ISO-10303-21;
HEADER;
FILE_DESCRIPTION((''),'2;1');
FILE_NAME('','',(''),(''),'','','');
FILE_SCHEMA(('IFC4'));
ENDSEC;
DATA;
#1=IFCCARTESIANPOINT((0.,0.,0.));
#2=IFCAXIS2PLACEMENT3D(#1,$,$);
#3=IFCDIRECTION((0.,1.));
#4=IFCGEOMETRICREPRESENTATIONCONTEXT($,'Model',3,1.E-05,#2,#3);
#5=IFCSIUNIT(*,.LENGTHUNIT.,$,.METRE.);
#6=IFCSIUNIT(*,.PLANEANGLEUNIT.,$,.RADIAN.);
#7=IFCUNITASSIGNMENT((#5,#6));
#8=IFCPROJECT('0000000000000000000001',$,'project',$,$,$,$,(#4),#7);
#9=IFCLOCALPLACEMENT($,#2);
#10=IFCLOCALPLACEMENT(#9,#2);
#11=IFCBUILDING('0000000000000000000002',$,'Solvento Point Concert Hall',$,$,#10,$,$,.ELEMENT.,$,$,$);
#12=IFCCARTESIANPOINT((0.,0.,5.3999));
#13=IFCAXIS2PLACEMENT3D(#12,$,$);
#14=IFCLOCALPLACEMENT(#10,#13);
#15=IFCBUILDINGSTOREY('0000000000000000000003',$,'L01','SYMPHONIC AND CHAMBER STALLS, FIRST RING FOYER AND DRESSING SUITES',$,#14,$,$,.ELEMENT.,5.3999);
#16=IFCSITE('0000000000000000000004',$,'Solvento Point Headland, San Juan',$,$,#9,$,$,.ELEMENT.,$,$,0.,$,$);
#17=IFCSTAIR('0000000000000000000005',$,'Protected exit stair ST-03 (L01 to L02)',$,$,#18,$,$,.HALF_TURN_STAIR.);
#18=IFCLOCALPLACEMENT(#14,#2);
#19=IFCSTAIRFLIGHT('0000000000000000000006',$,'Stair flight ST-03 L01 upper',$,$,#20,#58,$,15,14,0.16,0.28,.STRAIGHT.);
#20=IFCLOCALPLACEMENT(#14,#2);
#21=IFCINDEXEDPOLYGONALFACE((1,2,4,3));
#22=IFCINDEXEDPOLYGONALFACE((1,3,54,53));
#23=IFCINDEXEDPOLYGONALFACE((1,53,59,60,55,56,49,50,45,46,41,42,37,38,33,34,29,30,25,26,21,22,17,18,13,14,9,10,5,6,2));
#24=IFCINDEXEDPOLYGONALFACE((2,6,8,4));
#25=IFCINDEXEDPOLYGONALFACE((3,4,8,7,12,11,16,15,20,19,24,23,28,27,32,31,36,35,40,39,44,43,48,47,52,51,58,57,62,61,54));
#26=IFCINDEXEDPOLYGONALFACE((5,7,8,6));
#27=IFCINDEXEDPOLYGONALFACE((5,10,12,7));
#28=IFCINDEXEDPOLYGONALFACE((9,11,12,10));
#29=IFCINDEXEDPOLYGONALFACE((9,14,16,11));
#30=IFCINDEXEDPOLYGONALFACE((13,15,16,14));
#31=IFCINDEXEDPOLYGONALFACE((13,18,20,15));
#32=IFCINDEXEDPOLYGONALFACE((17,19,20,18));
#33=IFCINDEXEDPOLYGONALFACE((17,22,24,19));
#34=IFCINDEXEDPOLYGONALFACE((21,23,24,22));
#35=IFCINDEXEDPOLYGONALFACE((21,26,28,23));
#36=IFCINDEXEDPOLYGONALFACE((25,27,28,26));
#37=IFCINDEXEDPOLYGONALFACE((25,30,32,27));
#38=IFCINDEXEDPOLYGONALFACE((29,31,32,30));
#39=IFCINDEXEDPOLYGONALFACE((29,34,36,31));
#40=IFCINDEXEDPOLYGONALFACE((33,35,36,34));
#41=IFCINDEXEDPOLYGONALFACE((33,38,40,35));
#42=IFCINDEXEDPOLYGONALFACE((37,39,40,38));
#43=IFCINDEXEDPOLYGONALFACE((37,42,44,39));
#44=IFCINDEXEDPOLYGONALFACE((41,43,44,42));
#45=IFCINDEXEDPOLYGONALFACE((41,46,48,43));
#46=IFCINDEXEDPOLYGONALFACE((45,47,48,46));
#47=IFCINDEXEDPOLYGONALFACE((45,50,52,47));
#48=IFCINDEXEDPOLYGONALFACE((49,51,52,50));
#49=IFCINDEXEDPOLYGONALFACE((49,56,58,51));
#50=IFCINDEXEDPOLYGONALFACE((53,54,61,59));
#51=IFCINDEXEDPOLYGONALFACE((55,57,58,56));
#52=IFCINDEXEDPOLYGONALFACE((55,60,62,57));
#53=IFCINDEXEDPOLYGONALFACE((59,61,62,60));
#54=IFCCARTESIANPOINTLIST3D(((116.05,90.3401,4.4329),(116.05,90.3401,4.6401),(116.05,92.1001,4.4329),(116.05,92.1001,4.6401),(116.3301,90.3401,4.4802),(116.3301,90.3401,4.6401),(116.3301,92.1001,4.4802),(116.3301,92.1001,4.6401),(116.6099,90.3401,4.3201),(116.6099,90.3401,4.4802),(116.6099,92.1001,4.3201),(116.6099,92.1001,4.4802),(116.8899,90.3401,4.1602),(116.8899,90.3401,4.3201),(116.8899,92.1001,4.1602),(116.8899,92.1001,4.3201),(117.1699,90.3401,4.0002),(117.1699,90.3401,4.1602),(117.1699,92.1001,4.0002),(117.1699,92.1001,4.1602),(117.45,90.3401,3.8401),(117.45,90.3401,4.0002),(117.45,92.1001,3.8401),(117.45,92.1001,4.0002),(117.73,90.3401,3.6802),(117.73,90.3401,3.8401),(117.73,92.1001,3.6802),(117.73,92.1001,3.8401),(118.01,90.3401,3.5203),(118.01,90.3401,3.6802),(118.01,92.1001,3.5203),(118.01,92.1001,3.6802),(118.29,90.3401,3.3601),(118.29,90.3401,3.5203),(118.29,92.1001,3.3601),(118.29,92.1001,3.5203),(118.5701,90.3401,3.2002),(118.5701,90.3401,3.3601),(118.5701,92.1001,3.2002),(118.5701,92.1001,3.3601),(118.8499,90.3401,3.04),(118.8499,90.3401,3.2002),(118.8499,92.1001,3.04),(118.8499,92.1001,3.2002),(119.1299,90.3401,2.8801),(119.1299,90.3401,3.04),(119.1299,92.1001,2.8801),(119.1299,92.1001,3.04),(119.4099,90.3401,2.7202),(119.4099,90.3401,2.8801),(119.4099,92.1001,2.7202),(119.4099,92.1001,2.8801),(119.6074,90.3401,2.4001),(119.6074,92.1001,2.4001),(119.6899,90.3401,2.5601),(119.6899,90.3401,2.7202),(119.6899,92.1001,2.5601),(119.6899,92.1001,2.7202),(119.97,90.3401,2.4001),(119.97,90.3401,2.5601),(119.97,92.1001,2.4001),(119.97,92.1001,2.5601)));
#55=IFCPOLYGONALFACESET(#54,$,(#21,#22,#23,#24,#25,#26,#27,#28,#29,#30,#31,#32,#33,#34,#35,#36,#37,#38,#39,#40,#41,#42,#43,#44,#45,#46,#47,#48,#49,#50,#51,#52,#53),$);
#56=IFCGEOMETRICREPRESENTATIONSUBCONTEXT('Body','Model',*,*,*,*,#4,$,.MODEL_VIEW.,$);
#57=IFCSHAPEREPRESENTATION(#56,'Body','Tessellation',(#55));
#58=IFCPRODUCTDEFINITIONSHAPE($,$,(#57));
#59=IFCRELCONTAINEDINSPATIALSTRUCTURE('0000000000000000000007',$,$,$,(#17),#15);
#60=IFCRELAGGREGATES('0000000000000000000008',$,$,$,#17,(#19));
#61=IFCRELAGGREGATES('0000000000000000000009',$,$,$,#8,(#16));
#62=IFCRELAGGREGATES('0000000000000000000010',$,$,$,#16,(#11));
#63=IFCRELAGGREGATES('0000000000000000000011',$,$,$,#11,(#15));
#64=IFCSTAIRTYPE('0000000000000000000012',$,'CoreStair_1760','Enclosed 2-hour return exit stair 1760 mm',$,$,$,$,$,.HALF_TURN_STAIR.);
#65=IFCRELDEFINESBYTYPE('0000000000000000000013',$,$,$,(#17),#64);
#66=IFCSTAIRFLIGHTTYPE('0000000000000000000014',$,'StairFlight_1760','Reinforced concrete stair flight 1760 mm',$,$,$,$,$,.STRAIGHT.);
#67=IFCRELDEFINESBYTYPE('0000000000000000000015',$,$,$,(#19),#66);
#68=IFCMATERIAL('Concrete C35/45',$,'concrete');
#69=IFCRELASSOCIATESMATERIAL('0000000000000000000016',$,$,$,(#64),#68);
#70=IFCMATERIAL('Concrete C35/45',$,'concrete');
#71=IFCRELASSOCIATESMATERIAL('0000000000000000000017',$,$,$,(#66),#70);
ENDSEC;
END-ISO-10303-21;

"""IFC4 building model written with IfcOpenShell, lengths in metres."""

from ifc_helpers import new_model, si_unit, direction, frame, origin, place, context, subcontext, project, spatial, polyline, outline, extrude, material, type_object, element, aggregate, save


model = new_model("IFC4")

# Units and contexts
model_context = context("Model", 3, precision=1e-05, world=origin(), true_north=direction((0.0, 1.0)))
body_context = subcontext(model_context, "Body", "Model", "MODEL_VIEW")
ifc_project = project(units=[si_unit("LENGTHUNIT", "METRE"), si_unit("PLANEANGLEUNIT", "RADIAN")], contexts=[model_context])

# Site, building, storey
site_placement = place(None, origin())
site = spatial("IfcSite", under=ifc_project, at=site_placement, Name="Solvento Point Headland, San Juan", CompositionType="ELEMENT", RefElevation=0.0)
building_placement = place(site_placement, origin())
building = spatial("IfcBuilding", under=site, at=building_placement, Name="Solvento Point Concert Hall", CompositionType="ELEMENT")
storey_placement = place(building_placement, frame((0.0, 0.0, 5.3999)))
storey = spatial("IfcBuildingStorey", under=building, at=storey_placement, Name="L01", Description="SYMPHONIC AND CHAMBER STALLS, FIRST RING FOYER AND DRESSING SUITES", CompositionType="ELEMENT", Elevation=5.3999)

# Stair, stair flight
ifc_material_1 = material(Name="Concrete C35/45", Category="concrete")
stair_type = type_object("IfcStairType", Name="CoreStair_1760", Description="Enclosed 2-hour return exit stair 1760 mm", PredefinedType="HALF_TURN_STAIR", material=ifc_material_1)
stair_placement = place(storey_placement, origin())
stair = element("IfcStair", 1, at=stair_placement, inside=storey, type_object=stair_type, Name="Protected exit stair ST-03 (L01 to L02)", PredefinedType="HALF_TURN_STAIR")
ifc_material_2 = material(Name="Concrete C35/45", Category="concrete")
stair_flight_type = type_object("IfcStairFlightType", Name="StairFlight_1760", Description="Reinforced concrete stair flight 1760 mm", PredefinedType="STRAIGHT", material=ifc_material_2)
stair_flight_placement = place(storey_placement, frame((119.97, 91.22, 2.4001), z_axis=(0.0, 0.0, 1.0), x_axis=(-1.0, 0.0, 0.0)))
stair_flight = element("IfcStairFlight", 2, at=stair_flight_placement, type_object=stair_flight_type, Name="Stair flight ST-03 L01 upper", NumberOfRisers=15, NumberOfTreads=14, PredefinedType="STRAIGHT", RiserHeight=0.16, TreadLength=0.28, context=body_context, shape_type="SweptSolid", body=[
    extrude(outline(polyline([(0.0, 0.0), (0.0, 0.1599), (0.28, 0.1599), (0.28, 0.3201), (0.5601, 0.3201), (0.5601, 0.48), (0.8401, 0.48), (0.8401, 0.6399), (1.1201, 0.6399), (1.1201, 0.8), (1.3999, 0.8), (1.3999, 0.96), (1.6799, 0.96), (1.6799, 1.1201), (1.96, 1.1201), (1.96, 1.28), (2.24, 1.28), (2.24, 1.4399), (2.52, 1.4399), (2.52, 1.6001), (2.8, 1.6001), (2.8, 1.76), (3.0801, 1.76), (3.0801, 1.9199), (3.3601, 1.9199), (3.3601, 2.0801), (3.6399, 2.0801), (3.6399, 2.24), (3.9199, 2.24), (3.9199, 2.3999), (3.9199, 2.0327), (0.3625, 0.0), (0.0, 0.0)])), frame((0.0, 0.8799, 0.0), z_axis=(0.0, -1.0, 0.0), x_axis=(1.0, 0.0, 0.0)), (0.0, 0.0, 1.0), 1.76),
])
aggregate(stair, [stair_flight])

save(model, "model.ifc")
